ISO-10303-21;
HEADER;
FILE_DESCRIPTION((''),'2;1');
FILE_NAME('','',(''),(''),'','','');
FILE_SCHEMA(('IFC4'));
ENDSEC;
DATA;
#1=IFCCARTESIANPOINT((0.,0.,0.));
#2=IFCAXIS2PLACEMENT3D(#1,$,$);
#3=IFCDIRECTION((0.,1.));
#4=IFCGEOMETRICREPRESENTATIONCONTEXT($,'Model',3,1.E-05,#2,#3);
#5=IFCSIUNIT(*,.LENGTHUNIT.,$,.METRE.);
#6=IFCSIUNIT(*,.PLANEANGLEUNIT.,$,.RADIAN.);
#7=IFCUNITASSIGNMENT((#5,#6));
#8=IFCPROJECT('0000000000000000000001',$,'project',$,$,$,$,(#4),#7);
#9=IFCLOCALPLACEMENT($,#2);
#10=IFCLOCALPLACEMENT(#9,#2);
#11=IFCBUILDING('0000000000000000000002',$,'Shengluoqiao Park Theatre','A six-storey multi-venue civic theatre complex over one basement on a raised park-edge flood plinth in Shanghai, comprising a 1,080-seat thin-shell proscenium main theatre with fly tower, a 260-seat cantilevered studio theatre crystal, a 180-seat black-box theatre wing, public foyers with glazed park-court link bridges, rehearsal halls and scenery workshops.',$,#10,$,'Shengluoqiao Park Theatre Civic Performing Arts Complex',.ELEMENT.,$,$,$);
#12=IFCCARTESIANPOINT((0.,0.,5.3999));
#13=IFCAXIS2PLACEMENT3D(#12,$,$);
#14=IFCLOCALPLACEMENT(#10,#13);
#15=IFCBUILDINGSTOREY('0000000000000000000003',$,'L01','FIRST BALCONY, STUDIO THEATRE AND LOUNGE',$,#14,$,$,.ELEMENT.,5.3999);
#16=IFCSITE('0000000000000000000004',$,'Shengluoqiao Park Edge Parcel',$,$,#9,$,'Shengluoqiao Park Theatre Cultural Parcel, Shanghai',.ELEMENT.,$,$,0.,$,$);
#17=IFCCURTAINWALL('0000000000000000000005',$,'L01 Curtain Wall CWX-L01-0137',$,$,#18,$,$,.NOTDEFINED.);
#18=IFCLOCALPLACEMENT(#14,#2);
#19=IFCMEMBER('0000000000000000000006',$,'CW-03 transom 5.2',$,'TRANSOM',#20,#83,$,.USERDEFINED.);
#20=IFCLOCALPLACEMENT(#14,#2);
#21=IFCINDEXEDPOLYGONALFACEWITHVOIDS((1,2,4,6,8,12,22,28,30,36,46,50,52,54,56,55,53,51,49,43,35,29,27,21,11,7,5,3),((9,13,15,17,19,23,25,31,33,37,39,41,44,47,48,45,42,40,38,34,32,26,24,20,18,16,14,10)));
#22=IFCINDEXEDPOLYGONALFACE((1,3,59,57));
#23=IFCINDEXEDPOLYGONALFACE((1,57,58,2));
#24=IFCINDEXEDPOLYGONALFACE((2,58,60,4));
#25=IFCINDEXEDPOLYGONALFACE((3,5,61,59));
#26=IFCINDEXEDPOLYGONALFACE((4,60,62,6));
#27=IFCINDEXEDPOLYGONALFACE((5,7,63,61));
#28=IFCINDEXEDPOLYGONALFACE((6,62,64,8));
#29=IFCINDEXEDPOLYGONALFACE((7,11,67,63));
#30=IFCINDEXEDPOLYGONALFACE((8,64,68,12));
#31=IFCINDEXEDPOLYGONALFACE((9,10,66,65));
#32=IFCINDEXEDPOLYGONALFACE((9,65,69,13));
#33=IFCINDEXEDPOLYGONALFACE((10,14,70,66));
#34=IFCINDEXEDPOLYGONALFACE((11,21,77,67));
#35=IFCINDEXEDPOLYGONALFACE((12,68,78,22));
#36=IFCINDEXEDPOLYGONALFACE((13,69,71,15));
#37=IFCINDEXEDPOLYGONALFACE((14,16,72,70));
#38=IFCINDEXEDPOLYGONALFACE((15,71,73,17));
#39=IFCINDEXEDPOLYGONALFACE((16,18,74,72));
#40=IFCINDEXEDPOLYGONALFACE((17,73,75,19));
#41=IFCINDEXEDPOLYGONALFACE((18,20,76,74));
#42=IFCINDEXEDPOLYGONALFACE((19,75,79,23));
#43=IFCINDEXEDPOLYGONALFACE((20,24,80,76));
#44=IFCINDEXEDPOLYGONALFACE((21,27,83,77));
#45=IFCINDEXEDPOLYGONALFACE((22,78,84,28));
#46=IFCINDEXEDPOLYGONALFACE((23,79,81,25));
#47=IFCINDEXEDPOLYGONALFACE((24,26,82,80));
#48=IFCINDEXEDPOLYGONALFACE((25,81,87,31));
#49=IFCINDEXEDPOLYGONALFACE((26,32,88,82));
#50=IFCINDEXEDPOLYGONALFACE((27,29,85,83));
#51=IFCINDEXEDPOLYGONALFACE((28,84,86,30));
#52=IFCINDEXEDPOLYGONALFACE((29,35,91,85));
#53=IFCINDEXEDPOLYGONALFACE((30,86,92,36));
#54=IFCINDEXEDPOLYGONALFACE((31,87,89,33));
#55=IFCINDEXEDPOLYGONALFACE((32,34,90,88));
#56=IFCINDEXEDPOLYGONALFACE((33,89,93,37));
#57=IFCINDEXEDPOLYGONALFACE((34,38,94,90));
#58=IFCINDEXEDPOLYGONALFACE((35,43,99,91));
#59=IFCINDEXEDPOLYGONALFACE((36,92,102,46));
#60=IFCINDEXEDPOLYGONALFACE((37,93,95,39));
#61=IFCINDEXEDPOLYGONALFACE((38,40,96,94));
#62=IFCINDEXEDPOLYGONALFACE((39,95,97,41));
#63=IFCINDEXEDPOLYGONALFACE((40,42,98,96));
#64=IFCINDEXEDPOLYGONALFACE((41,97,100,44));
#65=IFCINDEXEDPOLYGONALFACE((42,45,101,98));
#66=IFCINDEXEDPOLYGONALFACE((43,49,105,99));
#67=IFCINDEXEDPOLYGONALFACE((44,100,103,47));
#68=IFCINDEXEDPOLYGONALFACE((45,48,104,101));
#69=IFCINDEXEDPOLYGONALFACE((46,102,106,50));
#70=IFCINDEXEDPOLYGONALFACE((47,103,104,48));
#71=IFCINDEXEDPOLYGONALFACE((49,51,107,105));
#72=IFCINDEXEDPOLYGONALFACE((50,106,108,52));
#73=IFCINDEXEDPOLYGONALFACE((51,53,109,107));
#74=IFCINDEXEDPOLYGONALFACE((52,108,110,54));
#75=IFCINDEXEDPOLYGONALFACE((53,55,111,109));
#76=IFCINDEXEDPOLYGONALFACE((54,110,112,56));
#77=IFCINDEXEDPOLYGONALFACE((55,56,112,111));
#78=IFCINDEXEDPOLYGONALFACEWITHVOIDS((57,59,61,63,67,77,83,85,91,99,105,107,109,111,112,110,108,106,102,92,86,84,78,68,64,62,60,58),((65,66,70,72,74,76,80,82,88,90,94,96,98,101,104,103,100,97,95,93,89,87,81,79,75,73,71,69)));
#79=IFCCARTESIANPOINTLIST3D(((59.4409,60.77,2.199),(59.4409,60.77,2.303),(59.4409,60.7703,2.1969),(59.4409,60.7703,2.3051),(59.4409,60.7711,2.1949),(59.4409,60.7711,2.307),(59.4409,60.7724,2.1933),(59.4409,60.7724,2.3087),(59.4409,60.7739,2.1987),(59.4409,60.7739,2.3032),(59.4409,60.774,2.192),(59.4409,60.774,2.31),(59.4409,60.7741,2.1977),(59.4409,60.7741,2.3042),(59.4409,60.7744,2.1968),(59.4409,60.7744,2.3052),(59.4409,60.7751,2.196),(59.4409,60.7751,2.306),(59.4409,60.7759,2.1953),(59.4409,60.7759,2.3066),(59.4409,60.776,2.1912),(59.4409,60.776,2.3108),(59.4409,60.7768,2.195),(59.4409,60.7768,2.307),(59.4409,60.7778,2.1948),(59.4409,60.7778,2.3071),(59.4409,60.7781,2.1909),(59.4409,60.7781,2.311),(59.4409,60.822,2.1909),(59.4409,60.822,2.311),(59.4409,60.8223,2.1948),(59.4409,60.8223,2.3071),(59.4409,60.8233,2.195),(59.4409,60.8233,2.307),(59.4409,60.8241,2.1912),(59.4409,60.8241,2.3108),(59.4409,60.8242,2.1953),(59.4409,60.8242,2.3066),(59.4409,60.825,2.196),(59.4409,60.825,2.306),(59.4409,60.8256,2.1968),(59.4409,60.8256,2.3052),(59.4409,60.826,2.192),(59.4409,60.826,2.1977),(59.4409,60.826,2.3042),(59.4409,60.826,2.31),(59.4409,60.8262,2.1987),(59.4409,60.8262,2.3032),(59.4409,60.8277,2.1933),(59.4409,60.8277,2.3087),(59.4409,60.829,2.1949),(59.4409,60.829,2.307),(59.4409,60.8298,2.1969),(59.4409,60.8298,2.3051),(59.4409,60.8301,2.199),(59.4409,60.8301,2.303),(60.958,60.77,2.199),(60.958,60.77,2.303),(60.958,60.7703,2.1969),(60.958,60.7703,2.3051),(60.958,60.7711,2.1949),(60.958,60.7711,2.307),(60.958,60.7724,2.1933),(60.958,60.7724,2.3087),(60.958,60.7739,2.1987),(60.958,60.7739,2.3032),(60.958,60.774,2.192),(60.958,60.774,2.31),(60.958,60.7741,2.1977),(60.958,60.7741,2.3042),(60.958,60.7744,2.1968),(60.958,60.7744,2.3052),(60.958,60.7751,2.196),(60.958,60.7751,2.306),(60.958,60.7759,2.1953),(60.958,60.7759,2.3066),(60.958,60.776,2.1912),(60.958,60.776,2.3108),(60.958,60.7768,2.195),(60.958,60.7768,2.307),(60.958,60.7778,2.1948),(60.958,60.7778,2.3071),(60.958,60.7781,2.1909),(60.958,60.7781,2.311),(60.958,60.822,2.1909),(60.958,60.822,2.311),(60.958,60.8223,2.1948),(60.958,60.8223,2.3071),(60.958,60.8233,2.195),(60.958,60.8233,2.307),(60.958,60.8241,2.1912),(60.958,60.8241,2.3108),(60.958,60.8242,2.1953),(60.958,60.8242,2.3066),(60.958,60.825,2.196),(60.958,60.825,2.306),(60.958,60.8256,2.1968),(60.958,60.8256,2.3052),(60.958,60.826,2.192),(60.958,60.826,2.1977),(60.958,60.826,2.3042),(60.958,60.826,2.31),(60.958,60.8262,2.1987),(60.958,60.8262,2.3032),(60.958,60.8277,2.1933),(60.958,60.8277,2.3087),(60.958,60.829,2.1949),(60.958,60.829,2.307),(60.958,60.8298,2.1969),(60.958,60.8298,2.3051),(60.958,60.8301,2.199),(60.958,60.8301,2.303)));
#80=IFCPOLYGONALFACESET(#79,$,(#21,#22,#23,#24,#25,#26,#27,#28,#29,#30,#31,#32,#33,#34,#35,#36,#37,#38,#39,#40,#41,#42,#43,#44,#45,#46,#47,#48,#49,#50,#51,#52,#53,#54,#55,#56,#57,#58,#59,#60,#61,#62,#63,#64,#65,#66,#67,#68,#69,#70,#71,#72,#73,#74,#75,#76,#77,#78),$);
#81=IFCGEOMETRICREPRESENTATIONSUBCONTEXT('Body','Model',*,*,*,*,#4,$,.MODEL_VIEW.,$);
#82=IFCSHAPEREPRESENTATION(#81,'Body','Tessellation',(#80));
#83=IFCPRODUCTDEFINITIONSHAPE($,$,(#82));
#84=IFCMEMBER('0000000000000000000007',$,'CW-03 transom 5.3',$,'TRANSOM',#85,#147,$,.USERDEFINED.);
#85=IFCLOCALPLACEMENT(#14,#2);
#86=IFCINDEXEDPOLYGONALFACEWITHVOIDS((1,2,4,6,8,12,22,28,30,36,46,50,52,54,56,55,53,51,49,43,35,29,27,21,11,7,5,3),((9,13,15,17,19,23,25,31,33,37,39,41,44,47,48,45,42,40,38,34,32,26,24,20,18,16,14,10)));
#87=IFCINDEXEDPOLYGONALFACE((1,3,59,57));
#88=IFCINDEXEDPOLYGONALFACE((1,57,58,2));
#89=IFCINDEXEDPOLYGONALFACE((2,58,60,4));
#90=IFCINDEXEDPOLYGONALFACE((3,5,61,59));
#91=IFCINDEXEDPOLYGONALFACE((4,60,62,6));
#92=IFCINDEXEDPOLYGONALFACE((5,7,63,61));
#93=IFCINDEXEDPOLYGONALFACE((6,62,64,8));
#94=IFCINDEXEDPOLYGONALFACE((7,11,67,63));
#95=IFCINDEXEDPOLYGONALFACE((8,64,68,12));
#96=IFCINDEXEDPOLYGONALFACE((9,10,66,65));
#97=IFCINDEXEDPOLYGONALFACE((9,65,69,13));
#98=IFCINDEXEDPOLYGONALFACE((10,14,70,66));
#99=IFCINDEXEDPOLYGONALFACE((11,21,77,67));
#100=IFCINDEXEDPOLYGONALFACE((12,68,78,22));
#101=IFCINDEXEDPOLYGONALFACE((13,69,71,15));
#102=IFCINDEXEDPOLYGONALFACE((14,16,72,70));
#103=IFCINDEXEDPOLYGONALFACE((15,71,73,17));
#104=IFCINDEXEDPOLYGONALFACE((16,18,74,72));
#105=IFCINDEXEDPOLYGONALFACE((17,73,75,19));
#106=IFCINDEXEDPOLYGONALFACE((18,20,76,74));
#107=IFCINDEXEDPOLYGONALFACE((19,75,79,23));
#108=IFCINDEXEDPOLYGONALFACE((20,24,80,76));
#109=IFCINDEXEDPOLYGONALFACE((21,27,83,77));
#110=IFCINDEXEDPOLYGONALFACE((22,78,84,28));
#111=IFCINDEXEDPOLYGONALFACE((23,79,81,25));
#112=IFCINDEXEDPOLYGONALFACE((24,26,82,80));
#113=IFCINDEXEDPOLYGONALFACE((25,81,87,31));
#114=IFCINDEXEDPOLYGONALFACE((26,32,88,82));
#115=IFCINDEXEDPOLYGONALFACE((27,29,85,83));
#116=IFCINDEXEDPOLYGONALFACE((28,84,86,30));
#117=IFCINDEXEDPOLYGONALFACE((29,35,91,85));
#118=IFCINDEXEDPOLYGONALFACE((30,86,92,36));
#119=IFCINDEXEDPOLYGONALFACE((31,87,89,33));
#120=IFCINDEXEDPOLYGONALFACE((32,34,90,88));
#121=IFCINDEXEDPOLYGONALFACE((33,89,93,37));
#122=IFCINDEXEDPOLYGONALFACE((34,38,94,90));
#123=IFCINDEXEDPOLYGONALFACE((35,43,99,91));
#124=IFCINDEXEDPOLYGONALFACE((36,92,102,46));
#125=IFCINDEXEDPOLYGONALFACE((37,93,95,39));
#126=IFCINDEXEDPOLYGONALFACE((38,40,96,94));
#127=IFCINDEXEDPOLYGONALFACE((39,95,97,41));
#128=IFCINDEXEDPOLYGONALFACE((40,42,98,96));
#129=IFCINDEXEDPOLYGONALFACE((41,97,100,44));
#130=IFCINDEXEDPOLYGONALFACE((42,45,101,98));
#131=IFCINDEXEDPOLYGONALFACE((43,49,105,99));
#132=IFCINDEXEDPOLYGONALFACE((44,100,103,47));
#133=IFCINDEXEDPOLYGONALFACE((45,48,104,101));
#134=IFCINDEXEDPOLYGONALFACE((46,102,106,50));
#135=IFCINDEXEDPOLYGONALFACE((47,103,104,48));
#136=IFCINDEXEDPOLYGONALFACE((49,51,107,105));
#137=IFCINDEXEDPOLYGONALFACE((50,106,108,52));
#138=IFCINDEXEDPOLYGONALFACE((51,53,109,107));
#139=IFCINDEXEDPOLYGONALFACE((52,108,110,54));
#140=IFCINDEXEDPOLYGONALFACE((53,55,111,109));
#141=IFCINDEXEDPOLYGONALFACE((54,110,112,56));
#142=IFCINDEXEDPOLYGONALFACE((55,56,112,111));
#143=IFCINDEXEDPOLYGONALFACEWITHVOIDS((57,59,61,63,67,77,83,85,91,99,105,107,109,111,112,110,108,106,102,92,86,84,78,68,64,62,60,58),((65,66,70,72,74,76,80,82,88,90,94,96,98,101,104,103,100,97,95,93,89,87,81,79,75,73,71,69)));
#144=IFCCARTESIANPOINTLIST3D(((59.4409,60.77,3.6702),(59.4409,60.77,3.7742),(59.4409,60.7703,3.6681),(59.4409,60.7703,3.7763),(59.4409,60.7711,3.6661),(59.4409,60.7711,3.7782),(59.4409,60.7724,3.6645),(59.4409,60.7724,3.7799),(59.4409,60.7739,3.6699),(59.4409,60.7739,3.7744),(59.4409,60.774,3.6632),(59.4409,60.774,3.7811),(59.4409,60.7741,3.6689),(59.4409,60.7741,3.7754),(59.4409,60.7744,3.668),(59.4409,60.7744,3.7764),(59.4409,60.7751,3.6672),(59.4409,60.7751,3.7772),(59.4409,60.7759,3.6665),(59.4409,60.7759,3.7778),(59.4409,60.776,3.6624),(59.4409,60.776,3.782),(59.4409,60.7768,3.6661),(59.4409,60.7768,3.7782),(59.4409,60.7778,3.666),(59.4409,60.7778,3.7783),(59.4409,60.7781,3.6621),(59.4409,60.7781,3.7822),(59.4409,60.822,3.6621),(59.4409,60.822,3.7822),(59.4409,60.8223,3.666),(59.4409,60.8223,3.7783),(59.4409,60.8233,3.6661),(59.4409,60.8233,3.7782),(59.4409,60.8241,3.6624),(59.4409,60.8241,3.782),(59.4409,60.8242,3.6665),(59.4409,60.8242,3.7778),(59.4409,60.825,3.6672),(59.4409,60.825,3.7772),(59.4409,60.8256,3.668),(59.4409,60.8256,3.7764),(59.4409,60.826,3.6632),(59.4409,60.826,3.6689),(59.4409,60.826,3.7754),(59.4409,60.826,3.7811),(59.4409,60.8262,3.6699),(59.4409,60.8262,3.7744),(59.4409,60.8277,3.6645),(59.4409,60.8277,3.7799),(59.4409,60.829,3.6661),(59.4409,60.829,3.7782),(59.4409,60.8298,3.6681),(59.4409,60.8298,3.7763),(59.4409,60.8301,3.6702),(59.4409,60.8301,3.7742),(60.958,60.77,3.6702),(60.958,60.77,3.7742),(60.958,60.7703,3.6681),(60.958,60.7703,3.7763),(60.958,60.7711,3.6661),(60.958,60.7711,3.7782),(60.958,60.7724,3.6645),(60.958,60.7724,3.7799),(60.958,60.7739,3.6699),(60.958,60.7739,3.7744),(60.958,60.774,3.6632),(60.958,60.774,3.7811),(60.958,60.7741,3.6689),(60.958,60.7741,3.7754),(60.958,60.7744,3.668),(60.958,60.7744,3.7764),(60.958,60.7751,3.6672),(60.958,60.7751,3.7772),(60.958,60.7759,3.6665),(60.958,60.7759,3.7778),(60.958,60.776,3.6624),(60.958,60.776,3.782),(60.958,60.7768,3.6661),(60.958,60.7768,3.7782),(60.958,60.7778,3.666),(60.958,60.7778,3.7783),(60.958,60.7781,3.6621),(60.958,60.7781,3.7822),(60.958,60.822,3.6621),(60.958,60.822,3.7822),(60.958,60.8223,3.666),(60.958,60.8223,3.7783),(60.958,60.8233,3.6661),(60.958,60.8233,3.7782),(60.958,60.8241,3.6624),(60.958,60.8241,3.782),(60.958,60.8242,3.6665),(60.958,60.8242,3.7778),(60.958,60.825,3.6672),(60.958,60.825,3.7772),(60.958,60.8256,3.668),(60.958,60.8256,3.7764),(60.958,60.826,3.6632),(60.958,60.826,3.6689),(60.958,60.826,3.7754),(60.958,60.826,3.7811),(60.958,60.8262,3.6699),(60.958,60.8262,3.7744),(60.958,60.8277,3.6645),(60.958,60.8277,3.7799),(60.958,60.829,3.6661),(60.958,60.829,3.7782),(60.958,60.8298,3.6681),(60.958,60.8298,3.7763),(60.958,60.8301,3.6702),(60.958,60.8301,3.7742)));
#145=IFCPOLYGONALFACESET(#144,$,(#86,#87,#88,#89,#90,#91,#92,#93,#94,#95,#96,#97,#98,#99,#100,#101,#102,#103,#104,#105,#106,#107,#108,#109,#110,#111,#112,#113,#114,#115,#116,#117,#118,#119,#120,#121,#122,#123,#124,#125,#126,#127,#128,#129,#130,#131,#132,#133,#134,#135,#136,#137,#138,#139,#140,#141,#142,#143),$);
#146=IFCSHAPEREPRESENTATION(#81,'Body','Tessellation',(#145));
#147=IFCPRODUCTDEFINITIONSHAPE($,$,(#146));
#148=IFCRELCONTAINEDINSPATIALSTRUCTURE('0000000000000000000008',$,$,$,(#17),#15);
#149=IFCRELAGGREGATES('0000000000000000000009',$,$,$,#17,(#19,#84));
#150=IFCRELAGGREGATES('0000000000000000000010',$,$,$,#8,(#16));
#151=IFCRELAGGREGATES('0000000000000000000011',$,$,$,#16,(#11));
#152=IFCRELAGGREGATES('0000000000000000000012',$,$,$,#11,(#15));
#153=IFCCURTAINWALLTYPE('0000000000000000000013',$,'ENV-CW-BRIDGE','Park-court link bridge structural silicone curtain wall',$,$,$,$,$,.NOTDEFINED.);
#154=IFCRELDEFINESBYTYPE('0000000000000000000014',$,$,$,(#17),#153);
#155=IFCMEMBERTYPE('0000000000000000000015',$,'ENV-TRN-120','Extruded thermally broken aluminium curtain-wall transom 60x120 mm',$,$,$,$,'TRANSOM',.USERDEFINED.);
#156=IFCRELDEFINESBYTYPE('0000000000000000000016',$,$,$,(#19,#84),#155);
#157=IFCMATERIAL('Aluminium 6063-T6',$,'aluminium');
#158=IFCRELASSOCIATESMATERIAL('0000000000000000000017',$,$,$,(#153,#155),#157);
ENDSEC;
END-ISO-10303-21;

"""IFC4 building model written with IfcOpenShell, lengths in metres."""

from ifc_helpers import new_model, si_unit, direction, frame, origin, origin_2d, place, context, subcontext, project, spatial, hollow_rectangle, extrude, material, material_profile, profile_set, type_object, element, aggregate, save


model = new_model("IFC4")

# Units and contexts
model_context = context("Model", 3, precision=1e-05, world=origin(), true_north=direction((0.0, 1.0)))
body_context = subcontext(model_context, "Body", "Model", "MODEL_VIEW")
ifc_project = project(units=[si_unit("LENGTHUNIT", "METRE"), si_unit("PLANEANGLEUNIT", "RADIAN")], contexts=[model_context])

# Site, building, storey
site_placement = place(None, origin())
site = spatial("IfcSite", under=ifc_project, at=site_placement, Name="Shengluoqiao Park Edge Parcel", LongName="Shengluoqiao Park Theatre Cultural Parcel, Shanghai", CompositionType="ELEMENT", RefElevation=0.0)
building_placement = place(site_placement, origin())
building = spatial("IfcBuilding", under=site, at=building_placement, Name="Shengluoqiao Park Theatre", Description="A six-storey multi-venue civic theatre complex over one basement on a raised park-edge flood plinth in Shanghai, comprising a 1,080-seat thin-shell proscenium main theatre with fly tower, a 260-seat cantilevered studio theatre crystal, a 180-seat black-box theatre wing, public foyers with glazed park-court link bridges, rehearsal halls and scenery workshops.", LongName="Shengluoqiao Park Theatre Civic Performing Arts Complex", CompositionType="ELEMENT")
storey_placement = place(building_placement, frame((0.0, 0.0, 5.3999)))
storey = spatial("IfcBuildingStorey", under=building, at=storey_placement, Name="L01", Description="FIRST BALCONY, STUDIO THEATRE AND LOUNGE", CompositionType="ELEMENT", Elevation=5.3999)

# Curtain wall
ifc_material_1 = material(Name="Aluminium 6063-T6", Category="aluminium")
curtain_wall_type_1 = type_object("IfcCurtainWallType", Name="ENV-CW-BRIDGE", Description="Park-court link bridge structural silicone curtain wall", PredefinedType="NOTDEFINED", material=ifc_material_1)
curtain_wall_1_placement = place(storey_placement, origin())
curtain_wall_1 = element("IfcCurtainWall", 1, at=curtain_wall_1_placement, inside=storey, type_object=curtain_wall_type_1, Name="L01 Curtain Wall CWX-L01-0137", PredefinedType="NOTDEFINED")

# Members
ifc_material_profile_1 = material_profile(ifc_material_1, hollow_rectangle(XDim=0.0601, YDim=0.1201, WallThickness=0.0039, InnerFilletRadius=0.0039, OuterFilletRadius=0.0081, at=origin_2d()), Name="ALU TRANSOM 120x60x4")
ifc_profile_set_1 = profile_set([ifc_material_profile_1], Name="Aluminium 6063-T6")
member_type_1 = type_object("IfcMemberType", Name="ENV-TRN-120", Description="Extruded thermally broken aluminium curtain-wall transom 60x120 mm", ElementType="TRANSOM", PredefinedType="USERDEFINED", material=ifc_profile_set_1)
member_1_placement = place(storey_placement, frame((59.4409, 60.8, 2.251), z_axis=(1.0, 0.0, 0.0), x_axis=(0.0, 1.0, 0.0)))
member_1 = element("IfcMember", 2, at=member_1_placement, type_object=member_type_1, Name="CW-03 transom 5.2", ObjectType="TRANSOM", PredefinedType="USERDEFINED", context=body_context, shape_type="SweptSolid", body=[
    extrude(hollow_rectangle(XDim=0.0601, YDim=0.1201, WallThickness=0.0039, InnerFilletRadius=0.0039, OuterFilletRadius=0.0081, at=origin_2d()), origin(), (0.0, 0.0, 1.0), 1.5171),
])
member_2_placement = place(storey_placement, frame((59.4409, 60.8, 3.7222), z_axis=(1.0, 0.0, 0.0), x_axis=(0.0, 1.0, 0.0)))
member_2 = element("IfcMember", 3, at=member_2_placement, type_object=member_type_1, Name="CW-03 transom 5.3", ObjectType="TRANSOM", PredefinedType="USERDEFINED", context=body_context, shape_type="SweptSolid", body=[
    extrude(hollow_rectangle(XDim=0.0601, YDim=0.1201, WallThickness=0.0039, InnerFilletRadius=0.0039, OuterFilletRadius=0.0081, at=origin_2d()), origin(), (0.0, 0.0, 1.0), 1.5171),
])

aggregate(curtain_wall_1, [member_1, member_2])

save(model, "model.ifc")
